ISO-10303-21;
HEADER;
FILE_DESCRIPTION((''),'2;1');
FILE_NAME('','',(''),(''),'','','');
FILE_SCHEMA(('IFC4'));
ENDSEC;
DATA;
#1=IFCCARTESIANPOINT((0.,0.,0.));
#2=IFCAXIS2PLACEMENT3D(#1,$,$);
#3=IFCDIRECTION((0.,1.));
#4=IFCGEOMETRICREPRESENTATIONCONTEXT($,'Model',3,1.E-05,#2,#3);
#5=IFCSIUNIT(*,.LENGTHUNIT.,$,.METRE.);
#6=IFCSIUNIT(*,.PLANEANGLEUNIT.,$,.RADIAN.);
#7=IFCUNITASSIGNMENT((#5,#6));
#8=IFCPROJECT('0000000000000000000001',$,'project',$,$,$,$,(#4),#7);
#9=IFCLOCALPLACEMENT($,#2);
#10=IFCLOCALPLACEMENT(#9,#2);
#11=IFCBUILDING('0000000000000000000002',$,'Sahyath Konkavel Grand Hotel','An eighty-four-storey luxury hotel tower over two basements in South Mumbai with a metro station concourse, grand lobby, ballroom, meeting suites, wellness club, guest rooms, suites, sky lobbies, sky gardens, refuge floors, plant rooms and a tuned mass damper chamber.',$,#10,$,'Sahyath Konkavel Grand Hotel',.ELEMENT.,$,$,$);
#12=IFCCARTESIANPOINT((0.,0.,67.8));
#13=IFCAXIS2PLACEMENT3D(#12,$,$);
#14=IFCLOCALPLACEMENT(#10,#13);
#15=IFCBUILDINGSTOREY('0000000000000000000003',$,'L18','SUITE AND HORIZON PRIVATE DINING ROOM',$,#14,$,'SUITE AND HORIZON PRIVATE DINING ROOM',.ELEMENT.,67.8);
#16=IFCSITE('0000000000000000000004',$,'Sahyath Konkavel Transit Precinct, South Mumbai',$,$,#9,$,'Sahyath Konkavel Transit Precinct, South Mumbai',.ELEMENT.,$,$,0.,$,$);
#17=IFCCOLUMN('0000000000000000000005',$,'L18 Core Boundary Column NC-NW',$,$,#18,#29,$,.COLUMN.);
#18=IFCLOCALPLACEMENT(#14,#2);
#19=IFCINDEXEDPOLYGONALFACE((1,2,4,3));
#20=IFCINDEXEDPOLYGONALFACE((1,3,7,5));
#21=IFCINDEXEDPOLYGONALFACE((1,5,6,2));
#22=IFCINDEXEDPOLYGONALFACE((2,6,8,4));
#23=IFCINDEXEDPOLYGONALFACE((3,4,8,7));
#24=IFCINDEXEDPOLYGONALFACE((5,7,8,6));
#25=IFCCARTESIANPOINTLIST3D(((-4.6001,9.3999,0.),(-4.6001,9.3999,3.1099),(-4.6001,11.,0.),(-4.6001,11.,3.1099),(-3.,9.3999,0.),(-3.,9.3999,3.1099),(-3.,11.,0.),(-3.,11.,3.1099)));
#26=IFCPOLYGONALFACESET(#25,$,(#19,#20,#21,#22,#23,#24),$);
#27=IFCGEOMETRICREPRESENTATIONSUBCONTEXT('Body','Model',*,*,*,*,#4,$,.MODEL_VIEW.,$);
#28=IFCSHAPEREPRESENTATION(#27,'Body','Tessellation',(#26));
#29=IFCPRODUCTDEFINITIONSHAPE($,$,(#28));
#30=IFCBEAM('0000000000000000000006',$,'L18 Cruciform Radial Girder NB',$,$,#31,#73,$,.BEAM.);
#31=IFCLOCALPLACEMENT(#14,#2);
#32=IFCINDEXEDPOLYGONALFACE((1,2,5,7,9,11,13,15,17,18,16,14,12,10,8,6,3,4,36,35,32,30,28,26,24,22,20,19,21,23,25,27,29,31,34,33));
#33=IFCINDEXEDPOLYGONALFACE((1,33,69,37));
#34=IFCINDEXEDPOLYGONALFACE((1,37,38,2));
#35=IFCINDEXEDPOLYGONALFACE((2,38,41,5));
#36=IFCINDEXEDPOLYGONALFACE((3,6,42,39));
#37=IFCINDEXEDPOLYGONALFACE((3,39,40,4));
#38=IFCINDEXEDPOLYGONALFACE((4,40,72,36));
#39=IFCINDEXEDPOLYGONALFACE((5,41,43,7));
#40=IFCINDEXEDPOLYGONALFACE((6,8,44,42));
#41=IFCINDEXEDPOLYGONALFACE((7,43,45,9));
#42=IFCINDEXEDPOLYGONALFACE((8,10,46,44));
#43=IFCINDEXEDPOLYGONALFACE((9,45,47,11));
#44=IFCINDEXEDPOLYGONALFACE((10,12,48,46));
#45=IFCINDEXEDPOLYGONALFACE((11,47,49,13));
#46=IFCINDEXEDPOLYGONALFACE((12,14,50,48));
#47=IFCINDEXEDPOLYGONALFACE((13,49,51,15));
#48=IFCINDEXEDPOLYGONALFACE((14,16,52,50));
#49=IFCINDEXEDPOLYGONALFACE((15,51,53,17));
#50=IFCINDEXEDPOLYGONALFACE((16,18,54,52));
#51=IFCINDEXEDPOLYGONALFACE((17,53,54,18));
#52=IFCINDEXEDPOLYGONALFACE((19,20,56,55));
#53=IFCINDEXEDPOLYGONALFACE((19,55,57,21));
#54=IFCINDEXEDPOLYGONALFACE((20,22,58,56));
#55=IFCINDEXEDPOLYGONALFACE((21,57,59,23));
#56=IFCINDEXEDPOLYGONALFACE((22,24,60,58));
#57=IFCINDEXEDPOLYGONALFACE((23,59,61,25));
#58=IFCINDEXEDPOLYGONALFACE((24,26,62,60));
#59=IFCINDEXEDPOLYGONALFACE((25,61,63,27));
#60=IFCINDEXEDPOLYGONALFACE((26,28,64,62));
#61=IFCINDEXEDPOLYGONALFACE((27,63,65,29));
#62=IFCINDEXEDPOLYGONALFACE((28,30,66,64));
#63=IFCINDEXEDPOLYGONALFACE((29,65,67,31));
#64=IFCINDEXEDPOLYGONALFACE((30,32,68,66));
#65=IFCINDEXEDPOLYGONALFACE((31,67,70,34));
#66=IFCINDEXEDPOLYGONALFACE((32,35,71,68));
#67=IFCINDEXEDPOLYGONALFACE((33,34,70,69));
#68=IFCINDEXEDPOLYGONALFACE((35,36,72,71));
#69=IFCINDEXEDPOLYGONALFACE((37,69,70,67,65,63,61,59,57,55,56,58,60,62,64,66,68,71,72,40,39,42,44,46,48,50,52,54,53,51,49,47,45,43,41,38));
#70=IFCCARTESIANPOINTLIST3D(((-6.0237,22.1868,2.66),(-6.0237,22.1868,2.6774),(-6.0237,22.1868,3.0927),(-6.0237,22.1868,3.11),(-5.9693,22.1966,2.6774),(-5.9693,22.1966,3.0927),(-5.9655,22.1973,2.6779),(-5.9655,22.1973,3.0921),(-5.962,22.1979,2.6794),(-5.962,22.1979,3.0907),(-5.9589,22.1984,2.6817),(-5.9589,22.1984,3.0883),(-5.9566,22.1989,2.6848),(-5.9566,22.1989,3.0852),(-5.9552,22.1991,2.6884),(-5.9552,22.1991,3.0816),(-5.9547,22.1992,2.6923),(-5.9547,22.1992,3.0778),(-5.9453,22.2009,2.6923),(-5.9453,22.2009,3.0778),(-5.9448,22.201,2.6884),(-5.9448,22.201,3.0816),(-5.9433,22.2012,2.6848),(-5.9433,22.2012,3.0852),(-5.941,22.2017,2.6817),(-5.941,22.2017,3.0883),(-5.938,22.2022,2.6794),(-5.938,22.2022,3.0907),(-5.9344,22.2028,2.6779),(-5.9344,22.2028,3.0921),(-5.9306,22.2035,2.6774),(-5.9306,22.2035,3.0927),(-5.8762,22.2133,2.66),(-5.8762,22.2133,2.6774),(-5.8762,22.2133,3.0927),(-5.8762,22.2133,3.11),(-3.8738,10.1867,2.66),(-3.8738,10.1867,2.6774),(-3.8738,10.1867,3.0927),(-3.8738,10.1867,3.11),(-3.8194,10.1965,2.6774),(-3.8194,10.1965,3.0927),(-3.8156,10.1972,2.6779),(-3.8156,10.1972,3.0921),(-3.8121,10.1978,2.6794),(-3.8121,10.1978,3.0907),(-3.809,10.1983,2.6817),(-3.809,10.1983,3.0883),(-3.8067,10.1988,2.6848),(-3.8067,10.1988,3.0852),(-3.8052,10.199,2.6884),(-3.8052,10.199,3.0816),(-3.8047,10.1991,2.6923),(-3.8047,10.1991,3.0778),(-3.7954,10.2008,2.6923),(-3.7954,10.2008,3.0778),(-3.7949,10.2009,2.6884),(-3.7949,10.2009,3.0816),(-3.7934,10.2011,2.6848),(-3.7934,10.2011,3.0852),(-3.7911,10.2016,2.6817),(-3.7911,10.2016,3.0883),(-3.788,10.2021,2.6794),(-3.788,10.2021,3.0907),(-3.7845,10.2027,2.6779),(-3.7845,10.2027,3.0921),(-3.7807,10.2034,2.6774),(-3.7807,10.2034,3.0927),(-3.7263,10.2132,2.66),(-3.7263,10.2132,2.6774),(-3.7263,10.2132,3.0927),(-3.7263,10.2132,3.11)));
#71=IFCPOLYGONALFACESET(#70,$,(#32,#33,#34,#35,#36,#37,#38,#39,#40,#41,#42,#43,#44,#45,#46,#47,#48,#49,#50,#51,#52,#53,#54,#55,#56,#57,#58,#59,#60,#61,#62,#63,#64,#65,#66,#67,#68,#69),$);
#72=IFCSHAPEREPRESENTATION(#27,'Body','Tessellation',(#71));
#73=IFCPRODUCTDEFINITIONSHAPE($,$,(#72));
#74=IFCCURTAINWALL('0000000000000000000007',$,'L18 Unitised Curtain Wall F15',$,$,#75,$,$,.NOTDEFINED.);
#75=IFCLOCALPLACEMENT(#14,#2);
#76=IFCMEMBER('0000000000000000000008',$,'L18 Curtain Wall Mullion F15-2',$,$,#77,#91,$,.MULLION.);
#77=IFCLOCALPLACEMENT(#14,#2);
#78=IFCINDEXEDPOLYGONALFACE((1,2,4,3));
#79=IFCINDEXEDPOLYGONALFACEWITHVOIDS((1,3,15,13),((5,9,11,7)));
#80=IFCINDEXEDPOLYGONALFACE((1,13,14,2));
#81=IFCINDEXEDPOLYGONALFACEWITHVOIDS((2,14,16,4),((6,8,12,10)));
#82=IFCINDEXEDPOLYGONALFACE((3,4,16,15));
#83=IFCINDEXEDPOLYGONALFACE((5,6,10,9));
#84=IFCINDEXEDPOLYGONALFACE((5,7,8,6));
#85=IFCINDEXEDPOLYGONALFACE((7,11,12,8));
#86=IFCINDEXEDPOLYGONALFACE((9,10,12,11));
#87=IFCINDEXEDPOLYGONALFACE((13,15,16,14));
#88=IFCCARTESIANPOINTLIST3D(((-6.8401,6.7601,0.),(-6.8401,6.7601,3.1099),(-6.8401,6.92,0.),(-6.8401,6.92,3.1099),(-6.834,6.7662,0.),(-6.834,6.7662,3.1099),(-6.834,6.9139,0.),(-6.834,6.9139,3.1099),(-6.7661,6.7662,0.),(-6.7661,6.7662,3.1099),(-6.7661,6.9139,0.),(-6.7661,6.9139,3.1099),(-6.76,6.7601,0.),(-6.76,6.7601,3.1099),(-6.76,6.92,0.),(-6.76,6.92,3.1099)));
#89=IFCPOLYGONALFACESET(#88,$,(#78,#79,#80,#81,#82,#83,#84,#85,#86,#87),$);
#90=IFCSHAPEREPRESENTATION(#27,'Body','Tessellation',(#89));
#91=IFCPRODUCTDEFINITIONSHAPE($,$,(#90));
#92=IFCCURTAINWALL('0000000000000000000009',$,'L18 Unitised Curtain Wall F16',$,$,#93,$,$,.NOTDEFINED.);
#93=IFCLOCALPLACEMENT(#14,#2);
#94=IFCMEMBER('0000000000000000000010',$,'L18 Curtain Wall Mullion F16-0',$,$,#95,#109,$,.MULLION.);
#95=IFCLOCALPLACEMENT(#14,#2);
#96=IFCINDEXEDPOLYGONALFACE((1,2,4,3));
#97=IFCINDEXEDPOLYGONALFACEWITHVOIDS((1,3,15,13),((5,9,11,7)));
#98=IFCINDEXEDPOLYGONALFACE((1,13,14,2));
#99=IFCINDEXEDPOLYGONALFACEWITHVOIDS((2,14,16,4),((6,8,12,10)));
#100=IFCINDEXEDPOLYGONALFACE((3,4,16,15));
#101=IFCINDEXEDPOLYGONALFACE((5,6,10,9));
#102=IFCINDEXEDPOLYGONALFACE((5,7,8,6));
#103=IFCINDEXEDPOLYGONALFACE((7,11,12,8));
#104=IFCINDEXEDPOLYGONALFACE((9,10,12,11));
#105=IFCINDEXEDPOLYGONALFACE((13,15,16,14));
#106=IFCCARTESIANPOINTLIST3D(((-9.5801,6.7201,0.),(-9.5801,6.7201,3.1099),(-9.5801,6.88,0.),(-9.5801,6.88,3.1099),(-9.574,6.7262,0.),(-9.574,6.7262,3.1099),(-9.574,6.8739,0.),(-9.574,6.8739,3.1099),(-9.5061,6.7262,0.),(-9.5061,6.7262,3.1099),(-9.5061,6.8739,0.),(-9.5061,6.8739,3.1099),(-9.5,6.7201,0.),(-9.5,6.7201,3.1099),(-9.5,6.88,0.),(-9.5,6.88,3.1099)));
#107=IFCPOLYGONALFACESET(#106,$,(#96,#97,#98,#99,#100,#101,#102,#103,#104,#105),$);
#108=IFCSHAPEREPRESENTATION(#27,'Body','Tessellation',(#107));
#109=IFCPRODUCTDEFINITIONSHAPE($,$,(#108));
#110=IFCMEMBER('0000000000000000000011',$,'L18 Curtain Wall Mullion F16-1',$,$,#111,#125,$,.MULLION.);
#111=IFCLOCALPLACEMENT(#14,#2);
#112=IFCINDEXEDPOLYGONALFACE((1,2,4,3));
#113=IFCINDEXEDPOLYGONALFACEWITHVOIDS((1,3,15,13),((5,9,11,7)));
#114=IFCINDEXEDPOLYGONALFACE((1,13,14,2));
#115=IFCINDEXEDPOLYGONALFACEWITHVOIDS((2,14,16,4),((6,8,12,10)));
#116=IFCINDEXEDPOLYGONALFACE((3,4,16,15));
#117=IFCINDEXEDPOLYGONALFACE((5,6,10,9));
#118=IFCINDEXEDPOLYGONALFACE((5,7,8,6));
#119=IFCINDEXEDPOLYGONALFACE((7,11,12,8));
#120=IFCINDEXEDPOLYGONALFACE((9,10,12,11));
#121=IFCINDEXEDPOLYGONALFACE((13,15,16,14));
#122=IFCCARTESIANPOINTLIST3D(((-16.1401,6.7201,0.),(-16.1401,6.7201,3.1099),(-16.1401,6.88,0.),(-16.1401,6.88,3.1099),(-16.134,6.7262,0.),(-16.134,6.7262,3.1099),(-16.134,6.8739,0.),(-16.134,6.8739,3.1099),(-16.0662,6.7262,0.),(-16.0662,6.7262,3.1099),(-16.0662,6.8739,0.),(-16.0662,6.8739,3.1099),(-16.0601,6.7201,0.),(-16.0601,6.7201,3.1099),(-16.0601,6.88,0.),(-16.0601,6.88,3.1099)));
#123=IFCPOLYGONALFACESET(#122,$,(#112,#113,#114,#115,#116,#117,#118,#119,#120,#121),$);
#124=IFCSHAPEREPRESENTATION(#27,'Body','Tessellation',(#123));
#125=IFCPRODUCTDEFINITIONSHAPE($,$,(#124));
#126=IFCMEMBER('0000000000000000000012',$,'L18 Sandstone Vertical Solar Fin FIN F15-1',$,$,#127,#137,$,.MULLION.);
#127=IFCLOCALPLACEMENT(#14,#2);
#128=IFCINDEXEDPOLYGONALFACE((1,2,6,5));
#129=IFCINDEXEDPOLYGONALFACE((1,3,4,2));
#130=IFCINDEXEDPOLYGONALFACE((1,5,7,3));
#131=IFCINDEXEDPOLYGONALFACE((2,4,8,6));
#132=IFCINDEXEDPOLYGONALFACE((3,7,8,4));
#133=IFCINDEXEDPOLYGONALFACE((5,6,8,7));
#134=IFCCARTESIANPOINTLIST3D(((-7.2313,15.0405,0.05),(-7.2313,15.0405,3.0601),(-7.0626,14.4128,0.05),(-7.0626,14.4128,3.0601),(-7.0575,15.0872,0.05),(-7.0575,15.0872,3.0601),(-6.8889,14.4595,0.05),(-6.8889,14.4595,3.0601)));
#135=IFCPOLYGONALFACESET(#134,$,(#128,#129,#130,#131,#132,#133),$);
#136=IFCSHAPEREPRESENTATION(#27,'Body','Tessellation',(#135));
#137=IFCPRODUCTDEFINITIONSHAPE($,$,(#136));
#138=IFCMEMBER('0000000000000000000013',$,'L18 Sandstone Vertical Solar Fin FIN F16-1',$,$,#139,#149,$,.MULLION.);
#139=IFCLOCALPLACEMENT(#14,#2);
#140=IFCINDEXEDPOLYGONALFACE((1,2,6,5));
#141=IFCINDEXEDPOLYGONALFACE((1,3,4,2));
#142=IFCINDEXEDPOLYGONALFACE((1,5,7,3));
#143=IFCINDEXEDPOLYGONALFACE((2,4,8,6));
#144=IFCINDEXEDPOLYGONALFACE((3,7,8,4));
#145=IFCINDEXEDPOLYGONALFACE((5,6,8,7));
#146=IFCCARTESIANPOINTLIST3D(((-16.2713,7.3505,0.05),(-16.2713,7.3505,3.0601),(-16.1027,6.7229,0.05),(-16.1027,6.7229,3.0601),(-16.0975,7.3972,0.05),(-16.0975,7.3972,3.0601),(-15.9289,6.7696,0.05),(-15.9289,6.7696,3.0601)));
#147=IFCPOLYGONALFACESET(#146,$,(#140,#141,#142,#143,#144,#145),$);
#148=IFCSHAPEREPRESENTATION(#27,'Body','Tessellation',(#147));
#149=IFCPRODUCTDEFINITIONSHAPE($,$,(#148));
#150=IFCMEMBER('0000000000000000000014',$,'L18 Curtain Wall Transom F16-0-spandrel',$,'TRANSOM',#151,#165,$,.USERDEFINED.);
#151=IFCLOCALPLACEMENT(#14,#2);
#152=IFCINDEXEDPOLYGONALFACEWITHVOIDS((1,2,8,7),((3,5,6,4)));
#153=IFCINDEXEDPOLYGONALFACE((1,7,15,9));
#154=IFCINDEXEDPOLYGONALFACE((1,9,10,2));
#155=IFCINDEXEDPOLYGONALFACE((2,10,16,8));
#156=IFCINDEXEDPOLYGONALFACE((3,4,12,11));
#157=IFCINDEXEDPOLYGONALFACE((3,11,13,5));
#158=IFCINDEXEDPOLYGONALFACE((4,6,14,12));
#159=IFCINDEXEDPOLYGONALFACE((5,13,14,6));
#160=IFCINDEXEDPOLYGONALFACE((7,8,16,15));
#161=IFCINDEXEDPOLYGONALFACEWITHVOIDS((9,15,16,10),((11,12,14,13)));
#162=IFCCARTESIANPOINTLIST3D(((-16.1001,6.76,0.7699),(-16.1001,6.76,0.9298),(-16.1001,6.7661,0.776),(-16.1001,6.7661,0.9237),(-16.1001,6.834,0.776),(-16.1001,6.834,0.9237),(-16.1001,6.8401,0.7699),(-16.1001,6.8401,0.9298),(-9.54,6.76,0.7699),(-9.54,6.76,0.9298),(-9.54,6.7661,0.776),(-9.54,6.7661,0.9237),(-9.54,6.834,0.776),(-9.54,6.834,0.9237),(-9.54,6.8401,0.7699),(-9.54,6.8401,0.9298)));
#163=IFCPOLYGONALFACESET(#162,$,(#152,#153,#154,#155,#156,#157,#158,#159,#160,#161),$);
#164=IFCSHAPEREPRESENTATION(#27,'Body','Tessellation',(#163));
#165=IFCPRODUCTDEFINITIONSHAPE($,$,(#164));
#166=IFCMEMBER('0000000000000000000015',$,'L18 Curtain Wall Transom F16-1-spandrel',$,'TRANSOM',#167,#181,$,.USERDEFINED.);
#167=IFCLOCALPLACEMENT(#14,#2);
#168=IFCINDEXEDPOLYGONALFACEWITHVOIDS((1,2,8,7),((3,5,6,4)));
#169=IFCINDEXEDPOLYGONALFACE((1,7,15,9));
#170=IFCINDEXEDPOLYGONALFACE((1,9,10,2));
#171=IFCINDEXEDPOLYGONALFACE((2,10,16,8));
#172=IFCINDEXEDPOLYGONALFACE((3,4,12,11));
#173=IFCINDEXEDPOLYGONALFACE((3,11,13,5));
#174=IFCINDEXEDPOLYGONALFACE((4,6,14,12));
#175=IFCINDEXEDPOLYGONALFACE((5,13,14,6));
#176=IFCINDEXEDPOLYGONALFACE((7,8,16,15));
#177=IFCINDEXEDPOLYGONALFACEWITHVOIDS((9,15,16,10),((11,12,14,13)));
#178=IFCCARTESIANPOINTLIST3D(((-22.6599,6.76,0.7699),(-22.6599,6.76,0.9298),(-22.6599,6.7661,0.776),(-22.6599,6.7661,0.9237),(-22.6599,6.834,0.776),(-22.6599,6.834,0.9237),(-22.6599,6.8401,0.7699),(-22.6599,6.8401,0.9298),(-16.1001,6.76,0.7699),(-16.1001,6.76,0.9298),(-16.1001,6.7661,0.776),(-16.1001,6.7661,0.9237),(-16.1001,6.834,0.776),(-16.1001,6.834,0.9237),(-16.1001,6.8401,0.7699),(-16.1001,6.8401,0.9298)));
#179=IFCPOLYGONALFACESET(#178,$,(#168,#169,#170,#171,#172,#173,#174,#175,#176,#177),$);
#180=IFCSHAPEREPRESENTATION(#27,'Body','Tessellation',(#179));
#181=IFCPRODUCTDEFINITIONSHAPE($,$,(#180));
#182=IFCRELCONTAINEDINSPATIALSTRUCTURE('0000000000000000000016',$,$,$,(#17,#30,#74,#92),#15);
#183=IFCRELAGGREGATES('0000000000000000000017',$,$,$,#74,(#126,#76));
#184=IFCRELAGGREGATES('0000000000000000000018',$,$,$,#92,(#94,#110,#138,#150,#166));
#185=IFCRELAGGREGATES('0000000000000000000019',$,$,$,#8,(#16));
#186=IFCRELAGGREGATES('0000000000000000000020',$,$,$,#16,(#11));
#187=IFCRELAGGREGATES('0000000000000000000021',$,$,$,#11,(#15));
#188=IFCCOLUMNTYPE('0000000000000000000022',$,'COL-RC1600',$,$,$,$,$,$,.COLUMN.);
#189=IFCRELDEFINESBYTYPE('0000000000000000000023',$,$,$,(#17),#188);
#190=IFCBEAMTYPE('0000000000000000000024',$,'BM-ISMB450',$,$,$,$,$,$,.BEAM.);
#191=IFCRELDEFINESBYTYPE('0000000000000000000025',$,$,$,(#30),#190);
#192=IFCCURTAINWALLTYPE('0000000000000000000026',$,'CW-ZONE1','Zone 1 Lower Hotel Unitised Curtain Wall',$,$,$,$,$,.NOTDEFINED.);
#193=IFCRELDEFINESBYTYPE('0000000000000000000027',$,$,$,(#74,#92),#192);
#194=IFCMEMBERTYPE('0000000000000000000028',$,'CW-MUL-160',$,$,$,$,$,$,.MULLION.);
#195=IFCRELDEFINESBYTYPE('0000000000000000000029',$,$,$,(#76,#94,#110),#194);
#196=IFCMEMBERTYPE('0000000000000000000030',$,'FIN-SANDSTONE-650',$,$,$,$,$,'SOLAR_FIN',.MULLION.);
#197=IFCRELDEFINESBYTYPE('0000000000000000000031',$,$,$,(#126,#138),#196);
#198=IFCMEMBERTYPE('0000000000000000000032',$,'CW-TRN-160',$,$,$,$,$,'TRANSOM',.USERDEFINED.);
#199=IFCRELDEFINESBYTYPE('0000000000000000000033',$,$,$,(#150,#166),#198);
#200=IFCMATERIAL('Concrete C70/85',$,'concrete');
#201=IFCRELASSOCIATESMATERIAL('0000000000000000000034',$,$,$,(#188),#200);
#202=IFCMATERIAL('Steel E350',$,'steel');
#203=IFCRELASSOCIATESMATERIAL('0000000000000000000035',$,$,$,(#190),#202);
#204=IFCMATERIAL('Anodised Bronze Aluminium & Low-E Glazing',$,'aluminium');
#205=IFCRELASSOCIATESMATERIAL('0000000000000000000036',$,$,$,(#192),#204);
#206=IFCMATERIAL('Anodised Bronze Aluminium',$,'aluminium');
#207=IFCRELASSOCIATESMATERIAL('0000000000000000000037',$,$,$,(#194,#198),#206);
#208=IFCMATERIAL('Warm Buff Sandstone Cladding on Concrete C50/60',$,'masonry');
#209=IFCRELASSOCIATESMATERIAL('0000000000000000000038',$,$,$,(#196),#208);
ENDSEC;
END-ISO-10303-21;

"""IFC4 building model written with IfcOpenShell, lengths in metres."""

from ifc_helpers import new_model, si_unit, direction, frame, origin, origin_2d, place, context, subcontext, project, spatial, rectangle, hollow_rectangle, i_section, extrude, source, transform, mapped, material, material_profile, profile_set, type_object, element, aggregate, save


model = new_model("IFC4")

# Units and contexts
model_context = context("Model", 3, precision=1e-05, world=origin(), true_north=direction((0.0, 1.0)))
body_context = subcontext(model_context, "Body", "Model", "MODEL_VIEW")
ifc_project = project(units=[si_unit("LENGTHUNIT", "METRE"), si_unit("PLANEANGLEUNIT", "RADIAN")], contexts=[model_context])

# Site, building, storey
site_placement = place(None, origin())
site = spatial("IfcSite", under=ifc_project, at=site_placement, Name="Sahyath Konkavel Transit Precinct, South Mumbai", LongName="Sahyath Konkavel Transit Precinct, South Mumbai", CompositionType="ELEMENT", RefElevation=0.0)
building_placement = place(site_placement, origin())
building = spatial("IfcBuilding", under=site, at=building_placement, Name="Sahyath Konkavel Grand Hotel", Description="An eighty-four-storey luxury hotel tower over two basements in South Mumbai with a metro station concourse, grand lobby, ballroom, meeting suites, wellness club, guest rooms, suites, sky lobbies, sky gardens, refuge floors, plant rooms and a tuned mass damper chamber.", LongName="Sahyath Konkavel Grand Hotel", CompositionType="ELEMENT")
storey_placement = place(building_placement, frame((0.0, 0.0, 67.8)))
storey = spatial("IfcBuildingStorey", under=building, at=storey_placement, Name="L18", Description="SUITE AND HORIZON PRIVATE DINING ROOM", LongName="SUITE AND HORIZON PRIVATE DINING ROOM", CompositionType="ELEMENT", Elevation=67.8)

# Column
ifc_material_1 = material(Name="Concrete C70/85", Category="concrete")
ifc_material_profile_1 = material_profile(ifc_material_1, rectangle(XDim=1.6001, YDim=1.6001, at=origin_2d()), Name="RC 1600x1600")
ifc_profile_set_1 = profile_set([ifc_material_profile_1], Name="Concrete C70/85")
column_type = type_object("IfcColumnType", Name="COL-RC1600", PredefinedType="COLUMN", material=ifc_profile_set_1)
shared_shape_1 = source(origin(), body_context, "Body", "SweptSolid", [
    extrude(rectangle(XDim=1.6001, YDim=1.6001, at=origin_2d()), origin(), (0.0, 0.0, 1.0), 3.1099),
])
column_placement = place(storey_placement, frame((-3.8, 10.2, 0.0), z_axis=(0.0, 0.0, 1.0), x_axis=(1.0, 0.0, 0.0)))
element("IfcColumn", 1, at=column_placement, inside=storey, type_object=column_type, Name="L18 Core Boundary Column NC-NW", PredefinedType="COLUMN", context=body_context, shape_type="MappedRepresentation", body=[
    mapped(shared_shape_1, transform((0.0, 0.0, 0.0), scale=1.0)),
])

# Beam
ifc_material_2 = material(Name="Steel E350", Category="steel")
ifc_material_profile_2 = material_profile(ifc_material_2, i_section(OverallWidth=0.1499, OverallDepth=0.45, WebThickness=0.0095, FlangeThickness=0.0173, FilletRadius=0.0149, at=origin_2d()), Name="ISMB 450")
ifc_profile_set_2 = profile_set([ifc_material_profile_2], Name="Steel E350")
beam_type_1 = type_object("IfcBeamType", Name="BM-ISMB450", PredefinedType="BEAM", material=ifc_profile_set_2)
shared_shape_2 = source(origin(), body_context, "Body", "SweptSolid", [
    extrude(i_section(OverallWidth=0.1499, OverallDepth=0.45, WebThickness=0.0095, FlangeThickness=0.0173, FilletRadius=0.0149, at=origin_2d()), origin(), (0.0, 0.0, 1.0), 12.1912),
])
beam_1_placement = place(storey_placement, frame((-3.8, 10.2, 2.885), z_axis=(-0.176351, 0.984327, 0.0), x_axis=(-0.984327, -0.176351, 0.0)))
element("IfcBeam", 2, at=beam_1_placement, inside=storey, type_object=beam_type_1, Name="L18 Cruciform Radial Girder NB", PredefinedType="BEAM", context=body_context, shape_type="MappedRepresentation", body=[
    mapped(shared_shape_2, transform((0.0, 0.0, 0.0), scale=1.0)),
])

# Curtain wall, member
ifc_material_3 = material(Name="Anodised Bronze Aluminium & Low-E Glazing", Category="aluminium")
curtain_wall_type = type_object("IfcCurtainWallType", Name="CW-ZONE1", Description="Zone 1 Lower Hotel Unitised Curtain Wall", PredefinedType="NOTDEFINED", material=ifc_material_3)
curtain_wall_1_placement = place(storey_placement, origin())
curtain_wall_1 = element("IfcCurtainWall", 3, at=curtain_wall_1_placement, inside=storey, type_object=curtain_wall_type, Name="L18 Unitised Curtain Wall F15", PredefinedType="NOTDEFINED")
ifc_material_4 = material(Name="Anodised Bronze Aluminium", Category="aluminium")
ifc_material_profile_3 = material_profile(ifc_material_4, hollow_rectangle(XDim=0.0801, YDim=0.1599, WallThickness=0.0061, at=origin_2d()), Name="RHS 160x80x6")
ifc_profile_set_3 = profile_set([ifc_material_profile_3], Name="Anodised Bronze Aluminium")
member_type_1 = type_object("IfcMemberType", Name="CW-MUL-160", PredefinedType="MULLION", material=ifc_profile_set_3)
shared_shape_3 = source(origin(), body_context, "Body", "SweptSolid", [
    extrude(hollow_rectangle(XDim=0.0801, YDim=0.1599, WallThickness=0.0061, at=origin_2d()), origin(), (0.0, 0.0, 1.0), 3.1099),
])
member_1_placement = place(storey_placement, frame((-6.8, 6.8401, 0.0), z_axis=(0.0, 0.0, 1.0), x_axis=(1.0, 0.0, 0.0)))
member_1 = element("IfcMember", 4, at=member_1_placement, type_object=member_type_1, Name="L18 Curtain Wall Mullion F15-2", PredefinedType="MULLION", context=body_context, shape_type="MappedRepresentation", body=[
    mapped(shared_shape_3, transform((0.0, 0.0, 0.0), scale=1.0)),
])

# Curtain wall, members
curtain_wall_2_placement = place(storey_placement, origin())
curtain_wall_2 = element("IfcCurtainWall", 5, at=curtain_wall_2_placement, inside=storey, type_object=curtain_wall_type, Name="L18 Unitised Curtain Wall F16", PredefinedType="NOTDEFINED")
member_2_placement = place(storey_placement, frame((-9.54, 6.8, 0.0), z_axis=(0.0, 0.0, 1.0), x_axis=(1.0, 0.0, 0.0)))
member_2 = element("IfcMember", 6, at=member_2_placement, type_object=member_type_1, Name="L18 Curtain Wall Mullion F16-0", PredefinedType="MULLION", context=body_context, shape_type="MappedRepresentation", body=[
    mapped(shared_shape_3, transform((0.0, 0.0, 0.0), scale=1.0)),
])
member_3_placement = place(storey_placement, frame((-16.1001, 6.8, 0.0), z_axis=(0.0, 0.0, 1.0), x_axis=(1.0, 0.0, 0.0)))
member_3 = element("IfcMember", 7, at=member_3_placement, type_object=member_type_1, Name="L18 Curtain Wall Mullion F16-1", PredefinedType="MULLION", context=body_context, shape_type="MappedRepresentation", body=[
    mapped(shared_shape_3, transform((0.0, 0.0, 0.0), scale=1.0)),
])

# Members
ifc_material_5 = material(Name="Warm Buff Sandstone Cladding on Concrete C50/60", Category="masonry")
ifc_material_profile_4 = material_profile(ifc_material_5, rectangle(XDim=0.1799, YDim=0.6499, at=origin_2d()), Name="FIN 180x650")
ifc_profile_set_4 = profile_set([ifc_material_profile_4], Name="Warm Buff Sandstone Cladding on Concrete C50/60")
member_type_2 = type_object("IfcMemberType", Name="FIN-SANDSTONE-650", ElementType="SOLAR_FIN", PredefinedType="MULLION", material=ifc_profile_set_4)
shared_shape_4 = source(origin(), body_context, "Body", "SweptSolid", [
    extrude(rectangle(XDim=0.1799, YDim=0.6499, at=origin_2d()), origin(), (0.0, 0.0, 1.0), 3.01),
])
member_4_placement = place(storey_placement, frame((-7.0601, 14.75, 0.05), z_axis=(0.0, 0.0, 1.0), x_axis=(0.965745, 0.259493, 0.0)))
member_4 = element("IfcMember", 8, at=member_4_placement, type_object=member_type_2, Name="L18 Sandstone Vertical Solar Fin FIN F15-1", PredefinedType="MULLION", context=body_context, shape_type="MappedRepresentation", body=[
    mapped(shared_shape_4, transform((0.0, 0.0, 0.0), scale=1.0)),
])
member_5_placement = place(storey_placement, frame((-16.1001, 7.0601, 0.05), z_axis=(0.0, 0.0, 1.0), x_axis=(0.965745, 0.259493, 0.0)))
member_5 = element("IfcMember", 9, at=member_5_placement, type_object=member_type_2, Name="L18 Sandstone Vertical Solar Fin FIN F16-1", PredefinedType="MULLION", context=body_context, shape_type="MappedRepresentation", body=[
    mapped(shared_shape_4, transform((0.0, 0.0, 0.0), scale=1.0)),
])
ifc_material_profile_5 = material_profile(ifc_material_4, hollow_rectangle(XDim=0.0801, YDim=0.1599, WallThickness=0.0061, at=origin_2d()), Name="RHS 160x80x6")
ifc_profile_set_5 = profile_set([ifc_material_profile_5], Name="Anodised Bronze Aluminium")
member_type_3 = type_object("IfcMemberType", Name="CW-TRN-160", ElementType="TRANSOM", PredefinedType="USERDEFINED", material=ifc_profile_set_5)
shared_shape_5 = source(origin(), body_context, "Body", "SweptSolid", [
    extrude(hollow_rectangle(XDim=0.0801, YDim=0.1599, WallThickness=0.0061, at=origin_2d()), origin(), (0.0, 0.0, 1.0), 6.5601),
])
member_6_placement = place(storey_placement, frame((-9.54, 6.8, 0.8499), z_axis=(-1.0, 0.0, 0.0), x_axis=(0.0, -1.0, 0.0)))
member_6 = element("IfcMember", 10, at=member_6_placement, type_object=member_type_3, Name="L18 Curtain Wall Transom F16-0-spandrel", ObjectType="TRANSOM", PredefinedType="USERDEFINED", context=body_context, shape_type="MappedRepresentation", body=[
    mapped(shared_shape_5, transform((0.0, 0.0, 0.0), scale=1.0)),
])
shared_shape_6 = source(origin(), body_context, "Body", "SweptSolid", [
    extrude(hollow_rectangle(XDim=0.0801, YDim=0.1599, WallThickness=0.0061, at=origin_2d()), origin(), (0.0, 0.0, 1.0), 6.5598),
])
member_7_placement = place(storey_placement, frame((-16.1001, 6.8, 0.8499), z_axis=(-1.0, 0.0, 0.0), x_axis=(0.0, -1.0, 0.0)))
member_7 = element("IfcMember", 11, at=member_7_placement, type_object=member_type_3, Name="L18 Curtain Wall Transom F16-1-spandrel", ObjectType="TRANSOM", PredefinedType="USERDEFINED", context=body_context, shape_type="MappedRepresentation", body=[
    mapped(shared_shape_6, transform((0.0, 0.0, 0.0), scale=1.0)),
])

aggregate(curtain_wall_1, [member_4, member_1])
aggregate(curtain_wall_2, [member_2, member_3, member_5, member_6, member_7])

save(model, "model.ifc")
